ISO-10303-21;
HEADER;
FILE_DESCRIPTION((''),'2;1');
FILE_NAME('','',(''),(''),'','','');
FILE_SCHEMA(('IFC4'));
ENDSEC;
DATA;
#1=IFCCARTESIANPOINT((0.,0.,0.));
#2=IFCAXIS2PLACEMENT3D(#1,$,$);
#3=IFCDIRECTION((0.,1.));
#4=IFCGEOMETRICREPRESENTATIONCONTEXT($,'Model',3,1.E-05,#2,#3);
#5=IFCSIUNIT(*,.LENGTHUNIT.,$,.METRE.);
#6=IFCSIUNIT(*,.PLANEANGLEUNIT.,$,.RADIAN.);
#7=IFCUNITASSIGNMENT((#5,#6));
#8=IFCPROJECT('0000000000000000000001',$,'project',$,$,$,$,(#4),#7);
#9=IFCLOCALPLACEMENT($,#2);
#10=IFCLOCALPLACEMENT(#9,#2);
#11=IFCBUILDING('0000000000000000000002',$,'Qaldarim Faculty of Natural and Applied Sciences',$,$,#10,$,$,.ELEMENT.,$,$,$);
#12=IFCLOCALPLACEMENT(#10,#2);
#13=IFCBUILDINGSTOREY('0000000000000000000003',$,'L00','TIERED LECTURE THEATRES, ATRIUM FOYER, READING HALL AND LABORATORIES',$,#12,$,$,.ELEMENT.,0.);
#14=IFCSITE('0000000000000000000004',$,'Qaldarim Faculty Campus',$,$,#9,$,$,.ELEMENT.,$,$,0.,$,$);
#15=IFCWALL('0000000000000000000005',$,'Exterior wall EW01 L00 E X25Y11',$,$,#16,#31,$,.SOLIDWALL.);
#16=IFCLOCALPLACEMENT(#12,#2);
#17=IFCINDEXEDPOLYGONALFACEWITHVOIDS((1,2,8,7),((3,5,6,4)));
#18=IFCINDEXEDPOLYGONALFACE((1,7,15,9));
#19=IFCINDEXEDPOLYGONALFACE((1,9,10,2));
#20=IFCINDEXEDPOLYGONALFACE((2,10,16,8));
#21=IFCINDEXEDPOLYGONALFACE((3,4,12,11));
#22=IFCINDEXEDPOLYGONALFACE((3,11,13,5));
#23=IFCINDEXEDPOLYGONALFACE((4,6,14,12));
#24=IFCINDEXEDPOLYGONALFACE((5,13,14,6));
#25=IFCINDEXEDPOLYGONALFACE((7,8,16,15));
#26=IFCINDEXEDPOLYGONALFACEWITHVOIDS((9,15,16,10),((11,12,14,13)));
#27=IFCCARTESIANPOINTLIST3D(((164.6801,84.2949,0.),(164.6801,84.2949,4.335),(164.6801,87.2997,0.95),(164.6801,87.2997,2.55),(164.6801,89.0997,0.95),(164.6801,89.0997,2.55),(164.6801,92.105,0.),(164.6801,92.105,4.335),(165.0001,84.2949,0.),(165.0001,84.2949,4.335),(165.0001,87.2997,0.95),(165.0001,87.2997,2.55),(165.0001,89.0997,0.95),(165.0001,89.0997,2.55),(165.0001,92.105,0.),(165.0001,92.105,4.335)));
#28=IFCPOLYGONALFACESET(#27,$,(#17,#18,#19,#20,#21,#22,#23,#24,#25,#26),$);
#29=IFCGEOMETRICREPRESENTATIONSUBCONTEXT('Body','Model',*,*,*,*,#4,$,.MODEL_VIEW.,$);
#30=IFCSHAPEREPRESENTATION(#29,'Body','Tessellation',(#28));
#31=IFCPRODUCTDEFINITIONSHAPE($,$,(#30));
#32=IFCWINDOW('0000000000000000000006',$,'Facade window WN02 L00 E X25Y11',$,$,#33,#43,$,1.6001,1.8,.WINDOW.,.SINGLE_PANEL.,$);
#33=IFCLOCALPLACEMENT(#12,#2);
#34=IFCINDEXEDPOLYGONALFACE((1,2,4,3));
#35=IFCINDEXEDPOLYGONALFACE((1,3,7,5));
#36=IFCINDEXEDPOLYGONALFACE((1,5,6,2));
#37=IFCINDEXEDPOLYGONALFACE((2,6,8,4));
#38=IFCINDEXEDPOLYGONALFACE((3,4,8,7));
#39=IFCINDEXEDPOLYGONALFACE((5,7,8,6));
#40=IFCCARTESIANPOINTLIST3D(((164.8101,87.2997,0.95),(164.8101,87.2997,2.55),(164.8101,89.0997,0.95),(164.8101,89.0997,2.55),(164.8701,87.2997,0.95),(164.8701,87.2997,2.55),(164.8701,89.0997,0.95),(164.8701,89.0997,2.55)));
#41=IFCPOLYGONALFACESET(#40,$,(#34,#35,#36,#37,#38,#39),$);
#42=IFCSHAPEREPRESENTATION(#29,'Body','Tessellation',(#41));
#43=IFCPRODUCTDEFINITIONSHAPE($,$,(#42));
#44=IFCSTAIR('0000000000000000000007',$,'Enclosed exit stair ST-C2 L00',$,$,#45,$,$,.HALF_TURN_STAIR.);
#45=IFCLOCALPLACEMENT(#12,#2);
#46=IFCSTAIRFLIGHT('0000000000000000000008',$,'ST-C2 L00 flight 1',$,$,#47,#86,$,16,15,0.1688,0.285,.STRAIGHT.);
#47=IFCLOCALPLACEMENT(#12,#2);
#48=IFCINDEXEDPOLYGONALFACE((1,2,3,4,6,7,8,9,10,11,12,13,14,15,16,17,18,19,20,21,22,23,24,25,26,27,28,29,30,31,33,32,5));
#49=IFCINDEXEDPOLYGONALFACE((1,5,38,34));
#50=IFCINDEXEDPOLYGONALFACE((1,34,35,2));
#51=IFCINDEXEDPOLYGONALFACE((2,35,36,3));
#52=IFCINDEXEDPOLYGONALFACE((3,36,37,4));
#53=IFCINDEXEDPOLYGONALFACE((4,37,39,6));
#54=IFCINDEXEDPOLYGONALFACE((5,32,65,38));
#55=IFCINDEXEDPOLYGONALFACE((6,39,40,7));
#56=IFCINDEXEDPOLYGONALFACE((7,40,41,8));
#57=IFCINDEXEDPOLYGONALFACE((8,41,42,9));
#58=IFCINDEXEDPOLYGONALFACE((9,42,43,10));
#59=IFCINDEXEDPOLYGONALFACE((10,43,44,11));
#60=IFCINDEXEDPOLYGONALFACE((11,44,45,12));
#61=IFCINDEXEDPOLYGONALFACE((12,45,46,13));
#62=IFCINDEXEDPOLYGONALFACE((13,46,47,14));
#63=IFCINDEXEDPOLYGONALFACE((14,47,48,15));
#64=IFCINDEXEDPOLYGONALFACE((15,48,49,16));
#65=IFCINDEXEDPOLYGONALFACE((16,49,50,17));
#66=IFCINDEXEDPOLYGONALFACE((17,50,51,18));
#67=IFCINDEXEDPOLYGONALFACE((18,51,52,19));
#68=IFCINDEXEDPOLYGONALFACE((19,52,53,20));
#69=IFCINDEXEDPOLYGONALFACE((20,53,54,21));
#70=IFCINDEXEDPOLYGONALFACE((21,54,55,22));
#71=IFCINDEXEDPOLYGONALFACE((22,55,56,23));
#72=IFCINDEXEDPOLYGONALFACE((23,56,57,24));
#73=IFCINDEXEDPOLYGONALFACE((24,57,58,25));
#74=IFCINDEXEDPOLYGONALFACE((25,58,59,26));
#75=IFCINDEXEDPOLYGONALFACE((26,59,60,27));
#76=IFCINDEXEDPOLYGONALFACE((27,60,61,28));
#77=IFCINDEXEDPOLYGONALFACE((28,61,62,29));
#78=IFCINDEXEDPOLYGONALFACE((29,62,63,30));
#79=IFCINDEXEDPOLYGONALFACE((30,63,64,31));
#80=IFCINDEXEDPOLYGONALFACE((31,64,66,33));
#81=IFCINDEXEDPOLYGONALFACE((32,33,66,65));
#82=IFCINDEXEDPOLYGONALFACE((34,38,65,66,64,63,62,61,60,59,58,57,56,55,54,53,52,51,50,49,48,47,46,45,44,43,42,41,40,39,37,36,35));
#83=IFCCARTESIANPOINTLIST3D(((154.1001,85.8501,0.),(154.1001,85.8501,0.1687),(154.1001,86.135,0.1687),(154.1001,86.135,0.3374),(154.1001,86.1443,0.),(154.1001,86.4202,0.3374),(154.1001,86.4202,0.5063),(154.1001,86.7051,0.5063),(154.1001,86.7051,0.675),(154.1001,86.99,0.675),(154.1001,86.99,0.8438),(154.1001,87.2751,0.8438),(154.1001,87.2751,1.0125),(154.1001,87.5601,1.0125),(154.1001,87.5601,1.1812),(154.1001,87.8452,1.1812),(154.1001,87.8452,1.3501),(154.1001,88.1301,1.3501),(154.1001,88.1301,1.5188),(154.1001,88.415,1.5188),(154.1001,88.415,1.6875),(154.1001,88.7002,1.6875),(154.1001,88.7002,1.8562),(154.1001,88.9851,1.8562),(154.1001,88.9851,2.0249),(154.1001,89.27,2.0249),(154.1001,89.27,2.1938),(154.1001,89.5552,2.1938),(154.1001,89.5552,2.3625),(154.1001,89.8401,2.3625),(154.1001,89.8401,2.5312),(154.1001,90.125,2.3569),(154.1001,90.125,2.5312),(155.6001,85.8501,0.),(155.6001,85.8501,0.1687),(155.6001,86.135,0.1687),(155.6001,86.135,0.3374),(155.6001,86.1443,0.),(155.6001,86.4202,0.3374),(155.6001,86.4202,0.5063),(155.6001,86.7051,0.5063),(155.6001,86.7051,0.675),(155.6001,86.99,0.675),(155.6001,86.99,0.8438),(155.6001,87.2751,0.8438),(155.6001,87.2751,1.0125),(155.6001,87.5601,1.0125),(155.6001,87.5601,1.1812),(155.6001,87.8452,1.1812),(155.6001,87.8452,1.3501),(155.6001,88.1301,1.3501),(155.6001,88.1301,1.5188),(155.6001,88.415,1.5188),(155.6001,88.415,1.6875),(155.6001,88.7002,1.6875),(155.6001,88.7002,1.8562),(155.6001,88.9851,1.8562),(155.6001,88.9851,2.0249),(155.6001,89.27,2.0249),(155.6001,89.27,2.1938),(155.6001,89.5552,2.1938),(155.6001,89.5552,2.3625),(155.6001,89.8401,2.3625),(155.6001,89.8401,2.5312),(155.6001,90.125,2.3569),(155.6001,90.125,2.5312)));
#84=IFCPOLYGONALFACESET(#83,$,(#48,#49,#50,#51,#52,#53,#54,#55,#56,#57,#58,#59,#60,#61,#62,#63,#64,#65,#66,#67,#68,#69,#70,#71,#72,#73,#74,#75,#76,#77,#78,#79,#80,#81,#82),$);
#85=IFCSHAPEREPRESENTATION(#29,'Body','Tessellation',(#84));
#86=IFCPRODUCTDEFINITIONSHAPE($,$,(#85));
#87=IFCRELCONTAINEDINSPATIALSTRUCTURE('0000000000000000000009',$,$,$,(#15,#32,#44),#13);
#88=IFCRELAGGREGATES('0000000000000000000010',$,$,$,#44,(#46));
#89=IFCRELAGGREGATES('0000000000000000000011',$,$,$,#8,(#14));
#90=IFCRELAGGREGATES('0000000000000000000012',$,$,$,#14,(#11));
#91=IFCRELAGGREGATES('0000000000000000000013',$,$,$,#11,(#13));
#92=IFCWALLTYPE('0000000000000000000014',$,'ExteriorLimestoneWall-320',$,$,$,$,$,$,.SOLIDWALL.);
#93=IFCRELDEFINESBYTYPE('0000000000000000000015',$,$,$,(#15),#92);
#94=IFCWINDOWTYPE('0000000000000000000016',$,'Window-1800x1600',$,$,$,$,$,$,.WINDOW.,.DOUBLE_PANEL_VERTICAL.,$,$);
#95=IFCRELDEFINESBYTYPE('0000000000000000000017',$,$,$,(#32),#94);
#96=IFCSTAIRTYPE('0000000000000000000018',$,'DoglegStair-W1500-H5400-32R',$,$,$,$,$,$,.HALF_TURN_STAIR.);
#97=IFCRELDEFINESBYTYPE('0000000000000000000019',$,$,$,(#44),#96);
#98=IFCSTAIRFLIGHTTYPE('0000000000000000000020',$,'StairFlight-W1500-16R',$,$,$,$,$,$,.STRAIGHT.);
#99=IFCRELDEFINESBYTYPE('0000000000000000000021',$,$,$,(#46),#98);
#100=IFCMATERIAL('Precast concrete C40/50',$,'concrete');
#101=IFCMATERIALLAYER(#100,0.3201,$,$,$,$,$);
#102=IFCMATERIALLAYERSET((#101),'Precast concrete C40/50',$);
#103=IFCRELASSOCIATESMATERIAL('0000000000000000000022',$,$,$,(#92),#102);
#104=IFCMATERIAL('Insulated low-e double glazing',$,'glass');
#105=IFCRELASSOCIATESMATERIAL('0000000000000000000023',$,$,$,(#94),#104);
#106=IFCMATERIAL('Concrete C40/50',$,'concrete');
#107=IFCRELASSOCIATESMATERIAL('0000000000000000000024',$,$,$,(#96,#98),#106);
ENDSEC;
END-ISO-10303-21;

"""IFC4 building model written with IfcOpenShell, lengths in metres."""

from ifc_helpers import new_model, si_unit, direction, frame, frame_2d, origin, place, context, subcontext, project, spatial, polyline, rectangle, outline, extrude, material, layer, layer_set, type_object, element, fill, aggregate, save


model = new_model("IFC4")

# Units and contexts
model_context = context("Model", 3, precision=1e-05, world=origin(), true_north=direction((0.0, 1.0)))
body_context = subcontext(model_context, "Body", "Model", "MODEL_VIEW")
ifc_project = project(units=[si_unit("LENGTHUNIT", "METRE"), si_unit("PLANEANGLEUNIT", "RADIAN")], contexts=[model_context])

# Site, building, storey
site_placement = place(None, origin())
site = spatial("IfcSite", under=ifc_project, at=site_placement, Name="Qaldarim Faculty Campus", CompositionType="ELEMENT", RefElevation=0.0)
building_placement = place(site_placement, origin())
building = spatial("IfcBuilding", under=site, at=building_placement, Name="Qaldarim Faculty of Natural and Applied Sciences", CompositionType="ELEMENT")
storey_placement = place(building_placement, origin())
storey = spatial("IfcBuildingStorey", under=building, at=storey_placement, Name="L00", Description="TIERED LECTURE THEATRES, ATRIUM FOYER, READING HALL AND LABORATORIES", CompositionType="ELEMENT", Elevation=0.0)

# Shared definitions
ifc_material_1 = material(Name="Concrete C40/50", Category="concrete")

# Wall, opening, window
ifc_material_2 = material(Name="Precast concrete C40/50", Category="concrete")
ifc_layer_1 = layer(ifc_material_2, 0.3201)
ifc_layer_set_1 = layer_set([ifc_layer_1], Name="Precast concrete C40/50")
wall_type_1 = type_object("IfcWallType", Name="ExteriorLimestoneWall-320", PredefinedType="SOLIDWALL", material=ifc_layer_set_1)
wall_1_placement = place(storey_placement, frame((164.8401, 84.2949, 0.0), z_axis=(0.0, 0.0, 1.0), x_axis=(0.0, 1.0, 0.0)))
wall_1 = element("IfcWall", 1, at=wall_1_placement, inside=storey, type_object=wall_type_1, Name="Exterior wall EW01 L00 E X25Y11", PredefinedType="SOLIDWALL", context=body_context, shape_type="SweptSolid", body=[
    extrude(rectangle(XDim=7.8101, YDim=0.3201, at=frame_2d((3.905, 0.0))), origin(), (0.0, 0.0, 1.0), 4.335),
])
opening_1_placement = place(wall_1_placement, frame((3.0049, 0.0, 0.95)))
opening_1 = element("IfcOpeningElement", 2, at=opening_1_placement, cuts=wall_1, PredefinedType="OPENING", context=body_context, shape_type="SweptSolid", body=[
    extrude(rectangle(XDim=1.8, YDim=1.6001, at=frame_2d((0.8999, 0.8))), frame((0.0, 0.1699, 0.0), z_axis=(0.0, -1.0, 0.0), x_axis=(1.0, 0.0, 0.0)), (0.0, 0.0, 1.0), 0.3401),
])
ifc_material_3 = material(Name="Insulated low-e double glazing", Category="glass")
window_type = type_object("IfcWindowType", Name="Window-1800x1600", PartitioningType="DOUBLE_PANEL_VERTICAL", PredefinedType="WINDOW", material=ifc_material_3)
window_placement = place(opening_1_placement, origin())
window = element("IfcWindow", 3, at=window_placement, inside=storey, type_object=window_type, Name="Facade window WN02 L00 E X25Y11", OverallHeight=1.6001, OverallWidth=1.8, PartitioningType="SINGLE_PANEL", PredefinedType="WINDOW", context=body_context, shape_type="SweptSolid", body=[
    extrude(rectangle(XDim=1.8, YDim=1.6001, at=frame_2d((0.8999, 0.8))), frame((0.0, 0.03, 0.0), z_axis=(0.0, -1.0, 0.0), x_axis=(1.0, 0.0, 0.0)), (0.0, 0.0, 1.0), 0.0601),
])
fill(opening_1, window)

# Stair, stair flight
stair_type = type_object("IfcStairType", Name="DoglegStair-W1500-H5400-32R", PredefinedType="HALF_TURN_STAIR", material=ifc_material_1)
stair_placement = place(storey_placement, origin())
stair = element("IfcStair", 4, at=stair_placement, inside=storey, type_object=stair_type, Name="Enclosed exit stair ST-C2 L00", PredefinedType="HALF_TURN_STAIR")
stair_flight_type = type_object("IfcStairFlightType", Name="StairFlight-W1500-16R", PredefinedType="STRAIGHT", material=ifc_material_1)
stair_flight_placement = place(storey_placement, frame((154.8501, 85.8501, 0.0), z_axis=(0.0, 0.0, 1.0), x_axis=(0.0, 1.0, 0.0)))
stair_flight = element("IfcStairFlight", 5, at=stair_flight_placement, type_object=stair_flight_type, Name="ST-C2 L00 flight 1", NumberOfRisers=16, NumberOfTreads=15, PredefinedType="STRAIGHT", RiserHeight=0.1688, TreadLength=0.285, context=body_context, shape_type="SweptSolid", body=[
    extrude(outline(polyline([(0.0, 0.0), (0.0, 0.1687), (0.2849, 0.1687), (0.2849, 0.3374), (0.5701, 0.3374), (0.5701, 0.5063), (0.855, 0.5063), (0.855, 0.675), (1.1399, 0.675), (1.1399, 0.8438), (1.425, 0.8438), (1.425, 1.0125), (1.71, 1.0125), (1.71, 1.1812), (1.9951, 1.1812), (1.9951, 1.3501), (2.28, 1.3501), (2.28, 1.5188), (2.5649, 1.5188), (2.5649, 1.6875), (2.8501, 1.6875), (2.8501, 1.8562), (3.135, 1.8562), (3.135, 2.0249), (3.4199, 2.0249), (3.4199, 2.1938), (3.7051, 2.1938), (3.7051, 2.3625), (3.99, 2.3625), (3.99, 2.5312), (4.2749, 2.5312), (4.2749, 2.7), (4.2749, 2.3569), (0.2942, 0.0), (0.0, 0.0)])), frame((0.0, 0.75, 0.0), z_axis=(0.0, -1.0, 0.0), x_axis=(1.0, 0.0, 0.0)), (0.0, 0.0, 1.0), 1.5),
])
aggregate(stair, [stair_flight])

save(model, "model.ifc")
